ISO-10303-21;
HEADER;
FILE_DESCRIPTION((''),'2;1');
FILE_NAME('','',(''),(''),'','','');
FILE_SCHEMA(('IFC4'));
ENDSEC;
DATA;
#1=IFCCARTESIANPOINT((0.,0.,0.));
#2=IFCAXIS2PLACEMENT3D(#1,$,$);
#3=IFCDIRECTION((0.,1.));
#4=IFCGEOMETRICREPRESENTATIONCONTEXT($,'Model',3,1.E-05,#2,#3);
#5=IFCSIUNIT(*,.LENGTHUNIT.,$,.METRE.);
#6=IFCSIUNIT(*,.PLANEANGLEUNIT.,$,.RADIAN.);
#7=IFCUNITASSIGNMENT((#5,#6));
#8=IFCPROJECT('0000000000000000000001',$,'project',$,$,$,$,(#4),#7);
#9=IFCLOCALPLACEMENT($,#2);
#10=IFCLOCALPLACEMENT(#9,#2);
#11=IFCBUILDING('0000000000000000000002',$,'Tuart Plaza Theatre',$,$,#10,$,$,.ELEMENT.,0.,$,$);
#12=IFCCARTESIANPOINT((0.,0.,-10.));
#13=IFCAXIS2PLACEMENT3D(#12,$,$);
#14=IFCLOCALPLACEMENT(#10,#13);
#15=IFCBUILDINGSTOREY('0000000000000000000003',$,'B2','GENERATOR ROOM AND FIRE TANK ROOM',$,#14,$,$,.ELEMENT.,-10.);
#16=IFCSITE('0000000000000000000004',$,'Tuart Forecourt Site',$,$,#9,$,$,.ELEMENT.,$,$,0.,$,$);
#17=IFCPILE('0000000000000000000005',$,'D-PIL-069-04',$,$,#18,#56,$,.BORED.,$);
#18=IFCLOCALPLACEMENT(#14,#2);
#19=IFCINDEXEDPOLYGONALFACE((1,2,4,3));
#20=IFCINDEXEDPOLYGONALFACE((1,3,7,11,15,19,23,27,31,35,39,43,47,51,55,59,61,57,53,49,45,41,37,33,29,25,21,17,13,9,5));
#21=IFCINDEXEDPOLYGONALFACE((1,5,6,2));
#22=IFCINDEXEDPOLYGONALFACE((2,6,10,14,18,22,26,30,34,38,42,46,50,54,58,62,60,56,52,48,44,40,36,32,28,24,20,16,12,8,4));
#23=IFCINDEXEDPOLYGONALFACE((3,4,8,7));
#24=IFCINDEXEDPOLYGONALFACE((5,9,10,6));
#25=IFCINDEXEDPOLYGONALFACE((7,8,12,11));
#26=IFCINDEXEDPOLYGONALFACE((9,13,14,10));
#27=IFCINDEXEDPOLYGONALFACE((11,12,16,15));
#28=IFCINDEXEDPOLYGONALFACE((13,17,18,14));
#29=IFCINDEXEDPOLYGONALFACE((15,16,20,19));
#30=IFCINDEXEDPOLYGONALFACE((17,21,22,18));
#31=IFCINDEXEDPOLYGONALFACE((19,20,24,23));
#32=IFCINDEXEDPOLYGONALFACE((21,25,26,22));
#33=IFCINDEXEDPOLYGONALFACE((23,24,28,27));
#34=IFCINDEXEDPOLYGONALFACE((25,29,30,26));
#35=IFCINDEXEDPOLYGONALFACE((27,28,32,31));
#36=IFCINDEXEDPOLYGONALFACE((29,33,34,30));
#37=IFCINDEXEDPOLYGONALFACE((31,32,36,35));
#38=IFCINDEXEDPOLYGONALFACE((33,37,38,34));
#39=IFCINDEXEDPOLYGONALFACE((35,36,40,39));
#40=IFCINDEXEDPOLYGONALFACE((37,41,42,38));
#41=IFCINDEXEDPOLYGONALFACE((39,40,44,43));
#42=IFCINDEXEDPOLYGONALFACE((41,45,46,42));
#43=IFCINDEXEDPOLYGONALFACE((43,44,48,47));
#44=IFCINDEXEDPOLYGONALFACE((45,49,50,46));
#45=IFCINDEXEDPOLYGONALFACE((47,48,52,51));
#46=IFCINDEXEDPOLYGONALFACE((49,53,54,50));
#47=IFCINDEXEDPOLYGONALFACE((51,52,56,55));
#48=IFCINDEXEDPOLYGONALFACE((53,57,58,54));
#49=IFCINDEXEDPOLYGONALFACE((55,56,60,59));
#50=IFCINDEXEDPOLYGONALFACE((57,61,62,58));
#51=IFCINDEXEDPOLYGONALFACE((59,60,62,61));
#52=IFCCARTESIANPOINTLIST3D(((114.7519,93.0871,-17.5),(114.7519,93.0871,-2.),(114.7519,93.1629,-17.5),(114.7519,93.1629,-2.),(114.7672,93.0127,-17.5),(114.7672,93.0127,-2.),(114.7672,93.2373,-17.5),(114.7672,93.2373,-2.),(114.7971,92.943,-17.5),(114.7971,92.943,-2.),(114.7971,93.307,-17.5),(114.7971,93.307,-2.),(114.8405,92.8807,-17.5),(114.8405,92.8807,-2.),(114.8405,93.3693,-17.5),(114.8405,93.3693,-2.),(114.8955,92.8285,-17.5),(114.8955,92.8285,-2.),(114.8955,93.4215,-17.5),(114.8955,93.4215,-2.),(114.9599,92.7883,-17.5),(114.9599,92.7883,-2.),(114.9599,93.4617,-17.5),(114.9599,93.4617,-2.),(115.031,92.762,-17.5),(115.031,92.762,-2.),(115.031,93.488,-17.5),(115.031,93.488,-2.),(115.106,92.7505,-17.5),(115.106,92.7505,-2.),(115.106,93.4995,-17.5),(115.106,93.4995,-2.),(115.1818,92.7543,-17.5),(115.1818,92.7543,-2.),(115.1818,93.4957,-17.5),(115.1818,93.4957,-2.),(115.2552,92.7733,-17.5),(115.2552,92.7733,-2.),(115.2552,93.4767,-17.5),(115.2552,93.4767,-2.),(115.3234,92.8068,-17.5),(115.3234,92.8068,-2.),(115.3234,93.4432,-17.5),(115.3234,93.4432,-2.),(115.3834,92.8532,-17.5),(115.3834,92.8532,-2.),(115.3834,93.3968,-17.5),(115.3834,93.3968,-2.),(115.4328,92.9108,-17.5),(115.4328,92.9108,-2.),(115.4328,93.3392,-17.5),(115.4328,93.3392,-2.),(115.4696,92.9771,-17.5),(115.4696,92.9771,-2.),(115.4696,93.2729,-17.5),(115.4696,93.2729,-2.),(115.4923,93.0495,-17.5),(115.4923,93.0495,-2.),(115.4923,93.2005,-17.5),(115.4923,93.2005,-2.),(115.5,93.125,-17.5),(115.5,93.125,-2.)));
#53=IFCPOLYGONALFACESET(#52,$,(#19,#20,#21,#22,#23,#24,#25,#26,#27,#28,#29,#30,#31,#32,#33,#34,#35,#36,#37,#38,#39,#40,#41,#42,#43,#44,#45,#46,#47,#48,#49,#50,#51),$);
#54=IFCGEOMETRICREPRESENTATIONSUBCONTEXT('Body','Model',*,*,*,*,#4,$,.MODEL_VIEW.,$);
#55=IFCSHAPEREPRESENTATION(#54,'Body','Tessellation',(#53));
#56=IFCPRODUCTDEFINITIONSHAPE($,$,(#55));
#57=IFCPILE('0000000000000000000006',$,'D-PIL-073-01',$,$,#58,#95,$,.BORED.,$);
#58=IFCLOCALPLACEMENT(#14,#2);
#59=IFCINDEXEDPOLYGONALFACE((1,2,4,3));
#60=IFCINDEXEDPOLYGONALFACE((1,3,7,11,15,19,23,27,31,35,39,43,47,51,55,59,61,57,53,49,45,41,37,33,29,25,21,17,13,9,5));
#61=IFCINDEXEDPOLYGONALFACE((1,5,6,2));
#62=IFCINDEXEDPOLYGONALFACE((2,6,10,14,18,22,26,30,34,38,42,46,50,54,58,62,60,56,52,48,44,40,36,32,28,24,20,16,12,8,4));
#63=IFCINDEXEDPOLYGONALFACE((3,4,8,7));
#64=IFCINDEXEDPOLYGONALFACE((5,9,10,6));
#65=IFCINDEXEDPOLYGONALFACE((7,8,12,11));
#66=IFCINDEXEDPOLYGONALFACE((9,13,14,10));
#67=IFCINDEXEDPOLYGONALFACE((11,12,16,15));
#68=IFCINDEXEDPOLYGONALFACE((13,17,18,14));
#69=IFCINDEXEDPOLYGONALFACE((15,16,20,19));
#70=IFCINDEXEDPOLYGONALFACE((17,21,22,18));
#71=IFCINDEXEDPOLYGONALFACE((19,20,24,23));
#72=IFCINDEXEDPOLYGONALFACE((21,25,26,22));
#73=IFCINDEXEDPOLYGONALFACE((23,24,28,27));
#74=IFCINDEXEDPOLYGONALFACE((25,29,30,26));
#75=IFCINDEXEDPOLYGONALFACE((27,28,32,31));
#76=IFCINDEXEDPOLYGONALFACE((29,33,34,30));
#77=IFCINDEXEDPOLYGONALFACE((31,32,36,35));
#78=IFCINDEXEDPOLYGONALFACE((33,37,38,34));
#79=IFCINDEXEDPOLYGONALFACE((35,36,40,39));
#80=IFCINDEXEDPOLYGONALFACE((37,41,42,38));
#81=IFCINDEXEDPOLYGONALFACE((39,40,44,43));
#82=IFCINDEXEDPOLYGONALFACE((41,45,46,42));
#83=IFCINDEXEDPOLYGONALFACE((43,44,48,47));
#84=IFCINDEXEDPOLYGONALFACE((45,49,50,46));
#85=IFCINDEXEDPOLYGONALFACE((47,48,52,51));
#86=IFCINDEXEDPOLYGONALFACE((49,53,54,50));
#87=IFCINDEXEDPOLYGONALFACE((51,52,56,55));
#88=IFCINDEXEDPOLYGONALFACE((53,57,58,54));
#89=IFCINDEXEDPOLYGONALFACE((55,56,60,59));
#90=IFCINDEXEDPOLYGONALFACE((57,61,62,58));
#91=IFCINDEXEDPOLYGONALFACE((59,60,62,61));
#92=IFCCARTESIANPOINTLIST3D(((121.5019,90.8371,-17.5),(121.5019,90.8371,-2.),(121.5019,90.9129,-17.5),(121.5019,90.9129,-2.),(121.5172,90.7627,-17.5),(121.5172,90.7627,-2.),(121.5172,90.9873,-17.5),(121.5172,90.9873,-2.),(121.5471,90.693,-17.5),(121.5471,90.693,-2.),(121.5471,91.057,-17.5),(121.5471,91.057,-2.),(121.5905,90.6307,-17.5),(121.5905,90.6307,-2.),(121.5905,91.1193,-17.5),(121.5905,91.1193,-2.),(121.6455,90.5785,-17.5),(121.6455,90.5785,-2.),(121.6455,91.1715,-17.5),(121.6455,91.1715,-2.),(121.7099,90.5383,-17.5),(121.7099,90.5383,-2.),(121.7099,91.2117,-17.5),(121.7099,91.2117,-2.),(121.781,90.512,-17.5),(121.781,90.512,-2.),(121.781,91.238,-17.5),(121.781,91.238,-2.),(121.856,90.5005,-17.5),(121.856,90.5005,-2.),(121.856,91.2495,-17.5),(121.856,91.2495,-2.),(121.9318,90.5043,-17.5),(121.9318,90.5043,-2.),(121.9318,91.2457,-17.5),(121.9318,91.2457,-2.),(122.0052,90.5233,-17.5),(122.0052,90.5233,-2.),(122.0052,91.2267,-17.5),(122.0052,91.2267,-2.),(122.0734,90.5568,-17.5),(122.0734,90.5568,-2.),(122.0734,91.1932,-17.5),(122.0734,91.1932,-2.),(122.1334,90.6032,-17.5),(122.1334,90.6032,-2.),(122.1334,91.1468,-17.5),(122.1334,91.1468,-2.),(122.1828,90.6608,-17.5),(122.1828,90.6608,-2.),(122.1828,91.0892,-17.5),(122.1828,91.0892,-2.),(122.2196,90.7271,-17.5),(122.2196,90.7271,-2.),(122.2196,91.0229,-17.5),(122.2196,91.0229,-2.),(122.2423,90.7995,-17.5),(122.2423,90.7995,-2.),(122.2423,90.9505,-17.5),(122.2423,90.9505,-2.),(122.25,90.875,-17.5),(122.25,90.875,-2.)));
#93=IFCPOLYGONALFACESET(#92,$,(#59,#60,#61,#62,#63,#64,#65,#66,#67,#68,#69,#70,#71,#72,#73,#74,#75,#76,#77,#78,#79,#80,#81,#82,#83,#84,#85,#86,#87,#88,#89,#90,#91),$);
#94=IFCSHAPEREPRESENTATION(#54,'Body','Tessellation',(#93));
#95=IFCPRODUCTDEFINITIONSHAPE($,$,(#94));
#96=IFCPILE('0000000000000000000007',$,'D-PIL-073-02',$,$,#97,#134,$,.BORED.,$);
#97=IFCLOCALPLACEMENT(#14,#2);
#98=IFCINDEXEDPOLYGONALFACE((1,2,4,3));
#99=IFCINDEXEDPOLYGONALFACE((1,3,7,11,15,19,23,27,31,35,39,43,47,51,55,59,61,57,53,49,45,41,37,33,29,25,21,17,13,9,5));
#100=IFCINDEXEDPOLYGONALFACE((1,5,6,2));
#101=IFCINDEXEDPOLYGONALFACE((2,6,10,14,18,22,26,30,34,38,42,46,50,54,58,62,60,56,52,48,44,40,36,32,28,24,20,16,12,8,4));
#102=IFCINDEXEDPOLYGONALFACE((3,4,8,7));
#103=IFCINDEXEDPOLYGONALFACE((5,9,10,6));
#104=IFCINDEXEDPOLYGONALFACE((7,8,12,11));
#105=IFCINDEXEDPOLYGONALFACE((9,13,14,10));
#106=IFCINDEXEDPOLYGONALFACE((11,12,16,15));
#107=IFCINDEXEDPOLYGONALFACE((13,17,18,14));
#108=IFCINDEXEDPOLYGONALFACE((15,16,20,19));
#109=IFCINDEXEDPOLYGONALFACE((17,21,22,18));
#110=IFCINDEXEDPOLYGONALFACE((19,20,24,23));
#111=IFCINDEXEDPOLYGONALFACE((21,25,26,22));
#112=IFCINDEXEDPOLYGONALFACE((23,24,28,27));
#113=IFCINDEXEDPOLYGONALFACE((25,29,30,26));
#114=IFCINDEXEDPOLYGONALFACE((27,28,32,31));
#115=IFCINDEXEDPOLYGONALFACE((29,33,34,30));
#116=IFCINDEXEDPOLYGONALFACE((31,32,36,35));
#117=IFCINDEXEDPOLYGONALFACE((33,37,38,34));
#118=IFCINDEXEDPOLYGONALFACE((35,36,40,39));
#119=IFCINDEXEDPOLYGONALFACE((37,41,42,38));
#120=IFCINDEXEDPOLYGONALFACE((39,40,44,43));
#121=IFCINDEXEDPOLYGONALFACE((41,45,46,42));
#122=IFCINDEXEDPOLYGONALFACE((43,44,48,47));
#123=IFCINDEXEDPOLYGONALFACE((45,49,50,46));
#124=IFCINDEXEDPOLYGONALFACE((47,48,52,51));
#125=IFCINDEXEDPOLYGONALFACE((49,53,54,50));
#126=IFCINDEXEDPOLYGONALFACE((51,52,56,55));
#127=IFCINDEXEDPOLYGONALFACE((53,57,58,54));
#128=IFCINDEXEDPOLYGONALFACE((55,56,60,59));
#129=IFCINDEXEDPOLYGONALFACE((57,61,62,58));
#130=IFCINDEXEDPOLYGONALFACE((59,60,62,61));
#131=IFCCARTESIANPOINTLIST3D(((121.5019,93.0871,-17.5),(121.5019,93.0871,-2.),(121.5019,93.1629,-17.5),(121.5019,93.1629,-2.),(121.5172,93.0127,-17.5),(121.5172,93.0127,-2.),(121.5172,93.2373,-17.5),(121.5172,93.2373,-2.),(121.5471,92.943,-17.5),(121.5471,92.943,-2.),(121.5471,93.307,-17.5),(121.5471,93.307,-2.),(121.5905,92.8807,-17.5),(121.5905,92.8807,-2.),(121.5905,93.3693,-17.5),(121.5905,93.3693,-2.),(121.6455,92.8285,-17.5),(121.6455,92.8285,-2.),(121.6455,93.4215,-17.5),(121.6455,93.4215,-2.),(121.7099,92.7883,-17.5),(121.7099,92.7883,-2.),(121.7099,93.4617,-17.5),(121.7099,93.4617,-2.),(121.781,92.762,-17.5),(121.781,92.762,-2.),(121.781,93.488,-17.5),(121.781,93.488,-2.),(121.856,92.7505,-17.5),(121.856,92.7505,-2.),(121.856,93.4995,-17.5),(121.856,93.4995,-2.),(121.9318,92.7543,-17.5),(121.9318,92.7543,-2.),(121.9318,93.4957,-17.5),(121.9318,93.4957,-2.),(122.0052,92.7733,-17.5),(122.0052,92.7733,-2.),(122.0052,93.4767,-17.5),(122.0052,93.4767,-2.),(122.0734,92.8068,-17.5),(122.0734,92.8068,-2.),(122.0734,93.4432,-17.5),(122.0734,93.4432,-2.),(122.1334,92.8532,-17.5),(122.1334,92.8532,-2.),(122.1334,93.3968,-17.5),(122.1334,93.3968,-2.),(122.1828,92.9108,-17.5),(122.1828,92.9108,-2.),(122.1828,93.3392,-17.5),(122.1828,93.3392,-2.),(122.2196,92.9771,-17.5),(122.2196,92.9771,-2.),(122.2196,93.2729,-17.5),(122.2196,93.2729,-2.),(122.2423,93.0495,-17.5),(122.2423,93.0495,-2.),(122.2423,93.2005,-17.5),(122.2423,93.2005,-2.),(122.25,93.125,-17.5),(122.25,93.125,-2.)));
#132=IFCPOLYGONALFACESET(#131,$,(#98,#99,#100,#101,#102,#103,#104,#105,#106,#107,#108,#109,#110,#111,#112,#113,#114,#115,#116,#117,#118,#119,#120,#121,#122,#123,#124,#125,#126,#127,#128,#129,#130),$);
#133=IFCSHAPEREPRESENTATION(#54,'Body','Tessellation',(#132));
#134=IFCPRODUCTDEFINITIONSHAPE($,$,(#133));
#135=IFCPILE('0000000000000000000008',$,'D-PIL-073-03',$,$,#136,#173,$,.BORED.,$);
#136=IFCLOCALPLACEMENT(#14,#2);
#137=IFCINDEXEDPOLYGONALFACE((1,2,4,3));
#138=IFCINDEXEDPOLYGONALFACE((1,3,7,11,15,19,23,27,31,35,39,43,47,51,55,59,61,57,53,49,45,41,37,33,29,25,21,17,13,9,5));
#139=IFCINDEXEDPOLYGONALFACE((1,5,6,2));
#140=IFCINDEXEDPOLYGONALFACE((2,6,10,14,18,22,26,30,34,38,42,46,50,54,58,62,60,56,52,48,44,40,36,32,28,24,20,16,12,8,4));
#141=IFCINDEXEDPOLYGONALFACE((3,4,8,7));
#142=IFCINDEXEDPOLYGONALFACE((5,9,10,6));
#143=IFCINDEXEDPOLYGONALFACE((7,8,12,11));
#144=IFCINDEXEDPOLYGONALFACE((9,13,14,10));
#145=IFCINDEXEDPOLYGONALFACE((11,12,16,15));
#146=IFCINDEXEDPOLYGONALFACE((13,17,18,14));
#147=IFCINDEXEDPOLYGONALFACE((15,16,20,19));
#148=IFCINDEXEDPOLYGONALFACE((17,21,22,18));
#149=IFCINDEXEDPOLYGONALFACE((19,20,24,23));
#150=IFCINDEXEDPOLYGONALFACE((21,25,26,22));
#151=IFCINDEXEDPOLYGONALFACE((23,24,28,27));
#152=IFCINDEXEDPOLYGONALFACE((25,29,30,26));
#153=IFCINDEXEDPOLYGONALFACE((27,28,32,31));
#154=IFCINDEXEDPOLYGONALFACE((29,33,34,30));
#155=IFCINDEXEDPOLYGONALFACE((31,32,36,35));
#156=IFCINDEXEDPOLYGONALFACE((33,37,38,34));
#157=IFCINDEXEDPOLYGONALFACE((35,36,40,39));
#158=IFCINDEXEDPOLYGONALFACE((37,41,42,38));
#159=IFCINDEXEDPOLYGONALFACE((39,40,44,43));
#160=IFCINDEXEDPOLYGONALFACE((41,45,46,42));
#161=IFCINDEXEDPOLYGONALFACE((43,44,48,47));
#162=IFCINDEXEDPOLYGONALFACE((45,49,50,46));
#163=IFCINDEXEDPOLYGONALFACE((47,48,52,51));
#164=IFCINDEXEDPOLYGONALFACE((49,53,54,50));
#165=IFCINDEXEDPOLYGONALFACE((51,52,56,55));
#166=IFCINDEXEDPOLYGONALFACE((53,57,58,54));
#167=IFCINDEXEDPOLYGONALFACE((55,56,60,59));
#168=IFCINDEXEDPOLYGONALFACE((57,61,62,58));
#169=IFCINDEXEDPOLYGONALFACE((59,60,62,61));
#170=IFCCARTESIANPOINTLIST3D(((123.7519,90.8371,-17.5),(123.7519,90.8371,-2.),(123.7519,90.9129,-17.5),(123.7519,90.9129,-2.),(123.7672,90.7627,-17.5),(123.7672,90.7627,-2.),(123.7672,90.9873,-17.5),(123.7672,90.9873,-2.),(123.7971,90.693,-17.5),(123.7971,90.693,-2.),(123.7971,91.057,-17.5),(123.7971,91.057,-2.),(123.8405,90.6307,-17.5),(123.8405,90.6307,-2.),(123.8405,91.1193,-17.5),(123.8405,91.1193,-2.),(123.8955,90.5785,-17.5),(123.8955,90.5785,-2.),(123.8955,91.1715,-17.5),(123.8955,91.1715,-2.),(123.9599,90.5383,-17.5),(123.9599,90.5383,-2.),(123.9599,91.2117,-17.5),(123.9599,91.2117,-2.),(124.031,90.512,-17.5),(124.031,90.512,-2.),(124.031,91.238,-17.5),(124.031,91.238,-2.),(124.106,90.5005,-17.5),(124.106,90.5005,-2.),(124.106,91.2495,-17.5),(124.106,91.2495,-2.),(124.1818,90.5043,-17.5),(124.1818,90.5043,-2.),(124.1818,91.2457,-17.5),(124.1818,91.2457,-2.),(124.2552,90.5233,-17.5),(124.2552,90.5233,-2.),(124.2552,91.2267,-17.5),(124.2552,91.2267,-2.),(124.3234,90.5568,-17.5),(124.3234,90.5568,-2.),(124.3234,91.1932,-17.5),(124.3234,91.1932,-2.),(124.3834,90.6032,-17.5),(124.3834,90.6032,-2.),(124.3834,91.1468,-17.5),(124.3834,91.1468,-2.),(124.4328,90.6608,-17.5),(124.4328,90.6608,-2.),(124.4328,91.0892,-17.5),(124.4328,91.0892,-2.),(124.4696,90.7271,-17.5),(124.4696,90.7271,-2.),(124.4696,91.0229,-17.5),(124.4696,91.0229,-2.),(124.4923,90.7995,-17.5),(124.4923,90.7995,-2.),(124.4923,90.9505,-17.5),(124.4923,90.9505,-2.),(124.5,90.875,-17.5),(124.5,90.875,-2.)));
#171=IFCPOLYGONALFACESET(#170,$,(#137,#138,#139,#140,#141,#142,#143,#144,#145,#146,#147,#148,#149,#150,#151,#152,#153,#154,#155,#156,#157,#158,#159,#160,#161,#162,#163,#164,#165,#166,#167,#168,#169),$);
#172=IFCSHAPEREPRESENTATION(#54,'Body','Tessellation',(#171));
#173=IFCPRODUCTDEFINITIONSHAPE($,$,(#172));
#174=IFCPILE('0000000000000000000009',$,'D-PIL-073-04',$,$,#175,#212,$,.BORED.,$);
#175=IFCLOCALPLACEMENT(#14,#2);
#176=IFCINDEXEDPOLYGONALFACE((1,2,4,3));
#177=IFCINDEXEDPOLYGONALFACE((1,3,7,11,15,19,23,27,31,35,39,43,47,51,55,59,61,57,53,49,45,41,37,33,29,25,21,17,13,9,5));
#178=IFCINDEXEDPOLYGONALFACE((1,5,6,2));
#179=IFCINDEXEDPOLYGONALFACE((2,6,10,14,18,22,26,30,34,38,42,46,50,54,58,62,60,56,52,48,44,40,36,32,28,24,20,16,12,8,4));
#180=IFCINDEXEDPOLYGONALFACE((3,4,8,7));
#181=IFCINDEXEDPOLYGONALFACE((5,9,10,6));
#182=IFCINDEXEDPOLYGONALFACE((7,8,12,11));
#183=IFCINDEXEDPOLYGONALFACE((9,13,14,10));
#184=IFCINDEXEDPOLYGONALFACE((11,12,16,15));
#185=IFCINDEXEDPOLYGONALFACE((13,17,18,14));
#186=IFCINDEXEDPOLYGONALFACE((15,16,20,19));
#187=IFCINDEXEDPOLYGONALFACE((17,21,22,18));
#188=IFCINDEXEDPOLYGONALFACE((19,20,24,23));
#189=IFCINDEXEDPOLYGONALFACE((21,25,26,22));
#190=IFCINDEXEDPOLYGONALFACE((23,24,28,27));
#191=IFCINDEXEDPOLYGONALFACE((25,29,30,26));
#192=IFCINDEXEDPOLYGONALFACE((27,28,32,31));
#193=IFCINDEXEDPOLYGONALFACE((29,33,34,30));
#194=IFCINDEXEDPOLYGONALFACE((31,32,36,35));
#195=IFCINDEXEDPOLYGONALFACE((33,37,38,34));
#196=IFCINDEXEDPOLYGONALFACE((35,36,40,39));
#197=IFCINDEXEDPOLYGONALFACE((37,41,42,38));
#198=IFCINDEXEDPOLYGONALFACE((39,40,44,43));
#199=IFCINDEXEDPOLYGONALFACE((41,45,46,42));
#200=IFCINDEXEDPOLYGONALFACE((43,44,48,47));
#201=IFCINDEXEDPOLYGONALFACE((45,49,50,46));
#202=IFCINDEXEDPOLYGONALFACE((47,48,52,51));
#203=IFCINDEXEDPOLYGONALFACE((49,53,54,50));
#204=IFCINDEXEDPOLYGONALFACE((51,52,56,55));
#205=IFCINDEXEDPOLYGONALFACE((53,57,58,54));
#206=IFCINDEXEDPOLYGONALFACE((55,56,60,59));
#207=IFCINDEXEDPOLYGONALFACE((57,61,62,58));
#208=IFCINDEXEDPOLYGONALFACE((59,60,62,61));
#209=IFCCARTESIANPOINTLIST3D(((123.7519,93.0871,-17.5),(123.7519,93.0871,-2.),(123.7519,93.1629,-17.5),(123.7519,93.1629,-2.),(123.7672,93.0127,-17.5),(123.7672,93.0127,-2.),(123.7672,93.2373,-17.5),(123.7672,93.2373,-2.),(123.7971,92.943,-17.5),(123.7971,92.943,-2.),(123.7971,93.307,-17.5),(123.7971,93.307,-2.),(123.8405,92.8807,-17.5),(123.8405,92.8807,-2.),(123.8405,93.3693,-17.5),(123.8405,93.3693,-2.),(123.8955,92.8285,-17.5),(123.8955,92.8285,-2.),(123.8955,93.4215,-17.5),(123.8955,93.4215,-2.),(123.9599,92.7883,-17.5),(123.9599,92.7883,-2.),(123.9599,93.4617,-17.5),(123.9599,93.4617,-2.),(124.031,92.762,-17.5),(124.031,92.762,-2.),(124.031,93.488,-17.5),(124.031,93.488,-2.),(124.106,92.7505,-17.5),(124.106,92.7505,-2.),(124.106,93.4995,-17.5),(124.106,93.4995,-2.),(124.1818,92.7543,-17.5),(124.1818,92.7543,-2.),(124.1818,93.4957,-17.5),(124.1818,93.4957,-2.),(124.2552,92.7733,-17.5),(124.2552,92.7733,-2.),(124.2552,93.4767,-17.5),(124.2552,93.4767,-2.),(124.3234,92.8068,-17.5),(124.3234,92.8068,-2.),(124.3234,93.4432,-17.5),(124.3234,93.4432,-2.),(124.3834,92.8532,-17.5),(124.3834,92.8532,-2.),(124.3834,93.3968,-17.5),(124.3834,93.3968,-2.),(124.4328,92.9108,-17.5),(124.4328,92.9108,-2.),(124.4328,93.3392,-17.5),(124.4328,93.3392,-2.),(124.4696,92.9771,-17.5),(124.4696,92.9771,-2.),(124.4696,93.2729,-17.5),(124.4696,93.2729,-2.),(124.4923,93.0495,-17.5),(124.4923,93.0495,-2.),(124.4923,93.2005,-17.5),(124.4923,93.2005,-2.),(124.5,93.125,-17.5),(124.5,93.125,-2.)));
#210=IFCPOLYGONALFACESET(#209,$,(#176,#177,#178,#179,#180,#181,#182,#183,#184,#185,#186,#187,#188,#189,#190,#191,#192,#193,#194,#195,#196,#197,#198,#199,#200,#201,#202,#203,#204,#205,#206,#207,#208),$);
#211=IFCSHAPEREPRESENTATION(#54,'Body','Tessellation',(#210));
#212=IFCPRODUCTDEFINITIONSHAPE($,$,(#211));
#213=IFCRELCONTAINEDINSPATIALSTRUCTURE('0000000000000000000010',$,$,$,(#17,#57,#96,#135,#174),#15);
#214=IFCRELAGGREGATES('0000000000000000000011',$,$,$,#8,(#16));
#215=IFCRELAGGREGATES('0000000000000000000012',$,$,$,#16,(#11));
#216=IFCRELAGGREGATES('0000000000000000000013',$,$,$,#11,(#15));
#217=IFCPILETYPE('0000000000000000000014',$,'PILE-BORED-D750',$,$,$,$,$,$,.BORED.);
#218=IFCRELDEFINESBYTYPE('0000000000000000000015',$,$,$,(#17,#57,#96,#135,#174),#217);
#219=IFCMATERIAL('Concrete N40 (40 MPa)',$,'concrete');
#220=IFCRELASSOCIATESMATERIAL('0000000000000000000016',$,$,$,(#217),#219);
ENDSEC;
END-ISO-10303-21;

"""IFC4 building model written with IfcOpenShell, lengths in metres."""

from ifc_helpers import new_model, si_unit, direction, frame, origin, origin_2d, place, context, subcontext, project, spatial, circle, extrude, material, material_profile, profile_set, type_object, element, save


model = new_model("IFC4")

# Units and contexts
model_context = context("Model", 3, precision=1e-05, world=origin(), true_north=direction((0.0, 1.0)))
body_context = subcontext(model_context, "Body", "Model", "MODEL_VIEW")
ifc_project = project(units=[si_unit("LENGTHUNIT", "METRE"), si_unit("PLANEANGLEUNIT", "RADIAN")], contexts=[model_context])

# Site, building, storey
site_placement = place(None, origin())
site = spatial("IfcSite", under=ifc_project, at=site_placement, Name="Tuart Forecourt Site", CompositionType="ELEMENT", RefElevation=0.0)
building_placement = place(site_placement, origin())
building = spatial("IfcBuilding", under=site, at=building_placement, Name="Tuart Plaza Theatre", CompositionType="ELEMENT", ElevationOfRefHeight=0.0)
storey_placement = place(building_placement, frame((0.0, 0.0, -10.0)))
storey = spatial("IfcBuildingStorey", under=building, at=storey_placement, Name="B2", Description="GENERATOR ROOM AND FIRE TANK ROOM", CompositionType="ELEMENT", Elevation=-10.0)

# Piles
ifc_material_1 = material(Name="Concrete N40 (40 MPa)", Category="concrete")
ifc_material_profile_1 = material_profile(ifc_material_1, circle(Radius=0.375, at=origin_2d()), Name="PILE-BORED-D750")
ifc_profile_set_1 = profile_set([ifc_material_profile_1], Name="Concrete N40 (40 MPa)")
pile_type_1 = type_object("IfcPileType", Name="PILE-BORED-D750", PredefinedType="BORED", material=ifc_profile_set_1)
for number, where, z_axis, x_axis, name in (
    (1, (115.125, 93.125, -2.0), (0.0, 0.0, -1.0), (1.0, 0.0, 0.0), "D-PIL-069-04"),
    (2, (121.875, 90.875, -2.0), (0.0, 0.0, -1.0), (1.0, 0.0, 0.0), "D-PIL-073-01"),
    (3, (121.875, 93.125, -2.0), (0.0, 0.0, -1.0), (1.0, 0.0, 0.0), "D-PIL-073-02"),
    (4, (124.125, 90.875, -2.0), (0.0, 0.0, -1.0), (1.0, 0.0, 0.0), "D-PIL-073-03"),
    (5, (124.125, 93.125, -2.0), (0.0, 0.0, -1.0), (1.0, 0.0, 0.0), "D-PIL-073-04"),
):
    element("IfcPile", number, at=place(storey_placement, frame(where, z_axis=z_axis, x_axis=x_axis)), inside=storey, type_object=pile_type_1, Name=name, PredefinedType="BORED", context=body_context, shape_type="SweptSolid", body=[
        extrude(circle(Radius=0.375, at=origin_2d()), origin(), (0.0, 0.0, 1.0), 15.5),
    ])

save(model, "model.ifc")
